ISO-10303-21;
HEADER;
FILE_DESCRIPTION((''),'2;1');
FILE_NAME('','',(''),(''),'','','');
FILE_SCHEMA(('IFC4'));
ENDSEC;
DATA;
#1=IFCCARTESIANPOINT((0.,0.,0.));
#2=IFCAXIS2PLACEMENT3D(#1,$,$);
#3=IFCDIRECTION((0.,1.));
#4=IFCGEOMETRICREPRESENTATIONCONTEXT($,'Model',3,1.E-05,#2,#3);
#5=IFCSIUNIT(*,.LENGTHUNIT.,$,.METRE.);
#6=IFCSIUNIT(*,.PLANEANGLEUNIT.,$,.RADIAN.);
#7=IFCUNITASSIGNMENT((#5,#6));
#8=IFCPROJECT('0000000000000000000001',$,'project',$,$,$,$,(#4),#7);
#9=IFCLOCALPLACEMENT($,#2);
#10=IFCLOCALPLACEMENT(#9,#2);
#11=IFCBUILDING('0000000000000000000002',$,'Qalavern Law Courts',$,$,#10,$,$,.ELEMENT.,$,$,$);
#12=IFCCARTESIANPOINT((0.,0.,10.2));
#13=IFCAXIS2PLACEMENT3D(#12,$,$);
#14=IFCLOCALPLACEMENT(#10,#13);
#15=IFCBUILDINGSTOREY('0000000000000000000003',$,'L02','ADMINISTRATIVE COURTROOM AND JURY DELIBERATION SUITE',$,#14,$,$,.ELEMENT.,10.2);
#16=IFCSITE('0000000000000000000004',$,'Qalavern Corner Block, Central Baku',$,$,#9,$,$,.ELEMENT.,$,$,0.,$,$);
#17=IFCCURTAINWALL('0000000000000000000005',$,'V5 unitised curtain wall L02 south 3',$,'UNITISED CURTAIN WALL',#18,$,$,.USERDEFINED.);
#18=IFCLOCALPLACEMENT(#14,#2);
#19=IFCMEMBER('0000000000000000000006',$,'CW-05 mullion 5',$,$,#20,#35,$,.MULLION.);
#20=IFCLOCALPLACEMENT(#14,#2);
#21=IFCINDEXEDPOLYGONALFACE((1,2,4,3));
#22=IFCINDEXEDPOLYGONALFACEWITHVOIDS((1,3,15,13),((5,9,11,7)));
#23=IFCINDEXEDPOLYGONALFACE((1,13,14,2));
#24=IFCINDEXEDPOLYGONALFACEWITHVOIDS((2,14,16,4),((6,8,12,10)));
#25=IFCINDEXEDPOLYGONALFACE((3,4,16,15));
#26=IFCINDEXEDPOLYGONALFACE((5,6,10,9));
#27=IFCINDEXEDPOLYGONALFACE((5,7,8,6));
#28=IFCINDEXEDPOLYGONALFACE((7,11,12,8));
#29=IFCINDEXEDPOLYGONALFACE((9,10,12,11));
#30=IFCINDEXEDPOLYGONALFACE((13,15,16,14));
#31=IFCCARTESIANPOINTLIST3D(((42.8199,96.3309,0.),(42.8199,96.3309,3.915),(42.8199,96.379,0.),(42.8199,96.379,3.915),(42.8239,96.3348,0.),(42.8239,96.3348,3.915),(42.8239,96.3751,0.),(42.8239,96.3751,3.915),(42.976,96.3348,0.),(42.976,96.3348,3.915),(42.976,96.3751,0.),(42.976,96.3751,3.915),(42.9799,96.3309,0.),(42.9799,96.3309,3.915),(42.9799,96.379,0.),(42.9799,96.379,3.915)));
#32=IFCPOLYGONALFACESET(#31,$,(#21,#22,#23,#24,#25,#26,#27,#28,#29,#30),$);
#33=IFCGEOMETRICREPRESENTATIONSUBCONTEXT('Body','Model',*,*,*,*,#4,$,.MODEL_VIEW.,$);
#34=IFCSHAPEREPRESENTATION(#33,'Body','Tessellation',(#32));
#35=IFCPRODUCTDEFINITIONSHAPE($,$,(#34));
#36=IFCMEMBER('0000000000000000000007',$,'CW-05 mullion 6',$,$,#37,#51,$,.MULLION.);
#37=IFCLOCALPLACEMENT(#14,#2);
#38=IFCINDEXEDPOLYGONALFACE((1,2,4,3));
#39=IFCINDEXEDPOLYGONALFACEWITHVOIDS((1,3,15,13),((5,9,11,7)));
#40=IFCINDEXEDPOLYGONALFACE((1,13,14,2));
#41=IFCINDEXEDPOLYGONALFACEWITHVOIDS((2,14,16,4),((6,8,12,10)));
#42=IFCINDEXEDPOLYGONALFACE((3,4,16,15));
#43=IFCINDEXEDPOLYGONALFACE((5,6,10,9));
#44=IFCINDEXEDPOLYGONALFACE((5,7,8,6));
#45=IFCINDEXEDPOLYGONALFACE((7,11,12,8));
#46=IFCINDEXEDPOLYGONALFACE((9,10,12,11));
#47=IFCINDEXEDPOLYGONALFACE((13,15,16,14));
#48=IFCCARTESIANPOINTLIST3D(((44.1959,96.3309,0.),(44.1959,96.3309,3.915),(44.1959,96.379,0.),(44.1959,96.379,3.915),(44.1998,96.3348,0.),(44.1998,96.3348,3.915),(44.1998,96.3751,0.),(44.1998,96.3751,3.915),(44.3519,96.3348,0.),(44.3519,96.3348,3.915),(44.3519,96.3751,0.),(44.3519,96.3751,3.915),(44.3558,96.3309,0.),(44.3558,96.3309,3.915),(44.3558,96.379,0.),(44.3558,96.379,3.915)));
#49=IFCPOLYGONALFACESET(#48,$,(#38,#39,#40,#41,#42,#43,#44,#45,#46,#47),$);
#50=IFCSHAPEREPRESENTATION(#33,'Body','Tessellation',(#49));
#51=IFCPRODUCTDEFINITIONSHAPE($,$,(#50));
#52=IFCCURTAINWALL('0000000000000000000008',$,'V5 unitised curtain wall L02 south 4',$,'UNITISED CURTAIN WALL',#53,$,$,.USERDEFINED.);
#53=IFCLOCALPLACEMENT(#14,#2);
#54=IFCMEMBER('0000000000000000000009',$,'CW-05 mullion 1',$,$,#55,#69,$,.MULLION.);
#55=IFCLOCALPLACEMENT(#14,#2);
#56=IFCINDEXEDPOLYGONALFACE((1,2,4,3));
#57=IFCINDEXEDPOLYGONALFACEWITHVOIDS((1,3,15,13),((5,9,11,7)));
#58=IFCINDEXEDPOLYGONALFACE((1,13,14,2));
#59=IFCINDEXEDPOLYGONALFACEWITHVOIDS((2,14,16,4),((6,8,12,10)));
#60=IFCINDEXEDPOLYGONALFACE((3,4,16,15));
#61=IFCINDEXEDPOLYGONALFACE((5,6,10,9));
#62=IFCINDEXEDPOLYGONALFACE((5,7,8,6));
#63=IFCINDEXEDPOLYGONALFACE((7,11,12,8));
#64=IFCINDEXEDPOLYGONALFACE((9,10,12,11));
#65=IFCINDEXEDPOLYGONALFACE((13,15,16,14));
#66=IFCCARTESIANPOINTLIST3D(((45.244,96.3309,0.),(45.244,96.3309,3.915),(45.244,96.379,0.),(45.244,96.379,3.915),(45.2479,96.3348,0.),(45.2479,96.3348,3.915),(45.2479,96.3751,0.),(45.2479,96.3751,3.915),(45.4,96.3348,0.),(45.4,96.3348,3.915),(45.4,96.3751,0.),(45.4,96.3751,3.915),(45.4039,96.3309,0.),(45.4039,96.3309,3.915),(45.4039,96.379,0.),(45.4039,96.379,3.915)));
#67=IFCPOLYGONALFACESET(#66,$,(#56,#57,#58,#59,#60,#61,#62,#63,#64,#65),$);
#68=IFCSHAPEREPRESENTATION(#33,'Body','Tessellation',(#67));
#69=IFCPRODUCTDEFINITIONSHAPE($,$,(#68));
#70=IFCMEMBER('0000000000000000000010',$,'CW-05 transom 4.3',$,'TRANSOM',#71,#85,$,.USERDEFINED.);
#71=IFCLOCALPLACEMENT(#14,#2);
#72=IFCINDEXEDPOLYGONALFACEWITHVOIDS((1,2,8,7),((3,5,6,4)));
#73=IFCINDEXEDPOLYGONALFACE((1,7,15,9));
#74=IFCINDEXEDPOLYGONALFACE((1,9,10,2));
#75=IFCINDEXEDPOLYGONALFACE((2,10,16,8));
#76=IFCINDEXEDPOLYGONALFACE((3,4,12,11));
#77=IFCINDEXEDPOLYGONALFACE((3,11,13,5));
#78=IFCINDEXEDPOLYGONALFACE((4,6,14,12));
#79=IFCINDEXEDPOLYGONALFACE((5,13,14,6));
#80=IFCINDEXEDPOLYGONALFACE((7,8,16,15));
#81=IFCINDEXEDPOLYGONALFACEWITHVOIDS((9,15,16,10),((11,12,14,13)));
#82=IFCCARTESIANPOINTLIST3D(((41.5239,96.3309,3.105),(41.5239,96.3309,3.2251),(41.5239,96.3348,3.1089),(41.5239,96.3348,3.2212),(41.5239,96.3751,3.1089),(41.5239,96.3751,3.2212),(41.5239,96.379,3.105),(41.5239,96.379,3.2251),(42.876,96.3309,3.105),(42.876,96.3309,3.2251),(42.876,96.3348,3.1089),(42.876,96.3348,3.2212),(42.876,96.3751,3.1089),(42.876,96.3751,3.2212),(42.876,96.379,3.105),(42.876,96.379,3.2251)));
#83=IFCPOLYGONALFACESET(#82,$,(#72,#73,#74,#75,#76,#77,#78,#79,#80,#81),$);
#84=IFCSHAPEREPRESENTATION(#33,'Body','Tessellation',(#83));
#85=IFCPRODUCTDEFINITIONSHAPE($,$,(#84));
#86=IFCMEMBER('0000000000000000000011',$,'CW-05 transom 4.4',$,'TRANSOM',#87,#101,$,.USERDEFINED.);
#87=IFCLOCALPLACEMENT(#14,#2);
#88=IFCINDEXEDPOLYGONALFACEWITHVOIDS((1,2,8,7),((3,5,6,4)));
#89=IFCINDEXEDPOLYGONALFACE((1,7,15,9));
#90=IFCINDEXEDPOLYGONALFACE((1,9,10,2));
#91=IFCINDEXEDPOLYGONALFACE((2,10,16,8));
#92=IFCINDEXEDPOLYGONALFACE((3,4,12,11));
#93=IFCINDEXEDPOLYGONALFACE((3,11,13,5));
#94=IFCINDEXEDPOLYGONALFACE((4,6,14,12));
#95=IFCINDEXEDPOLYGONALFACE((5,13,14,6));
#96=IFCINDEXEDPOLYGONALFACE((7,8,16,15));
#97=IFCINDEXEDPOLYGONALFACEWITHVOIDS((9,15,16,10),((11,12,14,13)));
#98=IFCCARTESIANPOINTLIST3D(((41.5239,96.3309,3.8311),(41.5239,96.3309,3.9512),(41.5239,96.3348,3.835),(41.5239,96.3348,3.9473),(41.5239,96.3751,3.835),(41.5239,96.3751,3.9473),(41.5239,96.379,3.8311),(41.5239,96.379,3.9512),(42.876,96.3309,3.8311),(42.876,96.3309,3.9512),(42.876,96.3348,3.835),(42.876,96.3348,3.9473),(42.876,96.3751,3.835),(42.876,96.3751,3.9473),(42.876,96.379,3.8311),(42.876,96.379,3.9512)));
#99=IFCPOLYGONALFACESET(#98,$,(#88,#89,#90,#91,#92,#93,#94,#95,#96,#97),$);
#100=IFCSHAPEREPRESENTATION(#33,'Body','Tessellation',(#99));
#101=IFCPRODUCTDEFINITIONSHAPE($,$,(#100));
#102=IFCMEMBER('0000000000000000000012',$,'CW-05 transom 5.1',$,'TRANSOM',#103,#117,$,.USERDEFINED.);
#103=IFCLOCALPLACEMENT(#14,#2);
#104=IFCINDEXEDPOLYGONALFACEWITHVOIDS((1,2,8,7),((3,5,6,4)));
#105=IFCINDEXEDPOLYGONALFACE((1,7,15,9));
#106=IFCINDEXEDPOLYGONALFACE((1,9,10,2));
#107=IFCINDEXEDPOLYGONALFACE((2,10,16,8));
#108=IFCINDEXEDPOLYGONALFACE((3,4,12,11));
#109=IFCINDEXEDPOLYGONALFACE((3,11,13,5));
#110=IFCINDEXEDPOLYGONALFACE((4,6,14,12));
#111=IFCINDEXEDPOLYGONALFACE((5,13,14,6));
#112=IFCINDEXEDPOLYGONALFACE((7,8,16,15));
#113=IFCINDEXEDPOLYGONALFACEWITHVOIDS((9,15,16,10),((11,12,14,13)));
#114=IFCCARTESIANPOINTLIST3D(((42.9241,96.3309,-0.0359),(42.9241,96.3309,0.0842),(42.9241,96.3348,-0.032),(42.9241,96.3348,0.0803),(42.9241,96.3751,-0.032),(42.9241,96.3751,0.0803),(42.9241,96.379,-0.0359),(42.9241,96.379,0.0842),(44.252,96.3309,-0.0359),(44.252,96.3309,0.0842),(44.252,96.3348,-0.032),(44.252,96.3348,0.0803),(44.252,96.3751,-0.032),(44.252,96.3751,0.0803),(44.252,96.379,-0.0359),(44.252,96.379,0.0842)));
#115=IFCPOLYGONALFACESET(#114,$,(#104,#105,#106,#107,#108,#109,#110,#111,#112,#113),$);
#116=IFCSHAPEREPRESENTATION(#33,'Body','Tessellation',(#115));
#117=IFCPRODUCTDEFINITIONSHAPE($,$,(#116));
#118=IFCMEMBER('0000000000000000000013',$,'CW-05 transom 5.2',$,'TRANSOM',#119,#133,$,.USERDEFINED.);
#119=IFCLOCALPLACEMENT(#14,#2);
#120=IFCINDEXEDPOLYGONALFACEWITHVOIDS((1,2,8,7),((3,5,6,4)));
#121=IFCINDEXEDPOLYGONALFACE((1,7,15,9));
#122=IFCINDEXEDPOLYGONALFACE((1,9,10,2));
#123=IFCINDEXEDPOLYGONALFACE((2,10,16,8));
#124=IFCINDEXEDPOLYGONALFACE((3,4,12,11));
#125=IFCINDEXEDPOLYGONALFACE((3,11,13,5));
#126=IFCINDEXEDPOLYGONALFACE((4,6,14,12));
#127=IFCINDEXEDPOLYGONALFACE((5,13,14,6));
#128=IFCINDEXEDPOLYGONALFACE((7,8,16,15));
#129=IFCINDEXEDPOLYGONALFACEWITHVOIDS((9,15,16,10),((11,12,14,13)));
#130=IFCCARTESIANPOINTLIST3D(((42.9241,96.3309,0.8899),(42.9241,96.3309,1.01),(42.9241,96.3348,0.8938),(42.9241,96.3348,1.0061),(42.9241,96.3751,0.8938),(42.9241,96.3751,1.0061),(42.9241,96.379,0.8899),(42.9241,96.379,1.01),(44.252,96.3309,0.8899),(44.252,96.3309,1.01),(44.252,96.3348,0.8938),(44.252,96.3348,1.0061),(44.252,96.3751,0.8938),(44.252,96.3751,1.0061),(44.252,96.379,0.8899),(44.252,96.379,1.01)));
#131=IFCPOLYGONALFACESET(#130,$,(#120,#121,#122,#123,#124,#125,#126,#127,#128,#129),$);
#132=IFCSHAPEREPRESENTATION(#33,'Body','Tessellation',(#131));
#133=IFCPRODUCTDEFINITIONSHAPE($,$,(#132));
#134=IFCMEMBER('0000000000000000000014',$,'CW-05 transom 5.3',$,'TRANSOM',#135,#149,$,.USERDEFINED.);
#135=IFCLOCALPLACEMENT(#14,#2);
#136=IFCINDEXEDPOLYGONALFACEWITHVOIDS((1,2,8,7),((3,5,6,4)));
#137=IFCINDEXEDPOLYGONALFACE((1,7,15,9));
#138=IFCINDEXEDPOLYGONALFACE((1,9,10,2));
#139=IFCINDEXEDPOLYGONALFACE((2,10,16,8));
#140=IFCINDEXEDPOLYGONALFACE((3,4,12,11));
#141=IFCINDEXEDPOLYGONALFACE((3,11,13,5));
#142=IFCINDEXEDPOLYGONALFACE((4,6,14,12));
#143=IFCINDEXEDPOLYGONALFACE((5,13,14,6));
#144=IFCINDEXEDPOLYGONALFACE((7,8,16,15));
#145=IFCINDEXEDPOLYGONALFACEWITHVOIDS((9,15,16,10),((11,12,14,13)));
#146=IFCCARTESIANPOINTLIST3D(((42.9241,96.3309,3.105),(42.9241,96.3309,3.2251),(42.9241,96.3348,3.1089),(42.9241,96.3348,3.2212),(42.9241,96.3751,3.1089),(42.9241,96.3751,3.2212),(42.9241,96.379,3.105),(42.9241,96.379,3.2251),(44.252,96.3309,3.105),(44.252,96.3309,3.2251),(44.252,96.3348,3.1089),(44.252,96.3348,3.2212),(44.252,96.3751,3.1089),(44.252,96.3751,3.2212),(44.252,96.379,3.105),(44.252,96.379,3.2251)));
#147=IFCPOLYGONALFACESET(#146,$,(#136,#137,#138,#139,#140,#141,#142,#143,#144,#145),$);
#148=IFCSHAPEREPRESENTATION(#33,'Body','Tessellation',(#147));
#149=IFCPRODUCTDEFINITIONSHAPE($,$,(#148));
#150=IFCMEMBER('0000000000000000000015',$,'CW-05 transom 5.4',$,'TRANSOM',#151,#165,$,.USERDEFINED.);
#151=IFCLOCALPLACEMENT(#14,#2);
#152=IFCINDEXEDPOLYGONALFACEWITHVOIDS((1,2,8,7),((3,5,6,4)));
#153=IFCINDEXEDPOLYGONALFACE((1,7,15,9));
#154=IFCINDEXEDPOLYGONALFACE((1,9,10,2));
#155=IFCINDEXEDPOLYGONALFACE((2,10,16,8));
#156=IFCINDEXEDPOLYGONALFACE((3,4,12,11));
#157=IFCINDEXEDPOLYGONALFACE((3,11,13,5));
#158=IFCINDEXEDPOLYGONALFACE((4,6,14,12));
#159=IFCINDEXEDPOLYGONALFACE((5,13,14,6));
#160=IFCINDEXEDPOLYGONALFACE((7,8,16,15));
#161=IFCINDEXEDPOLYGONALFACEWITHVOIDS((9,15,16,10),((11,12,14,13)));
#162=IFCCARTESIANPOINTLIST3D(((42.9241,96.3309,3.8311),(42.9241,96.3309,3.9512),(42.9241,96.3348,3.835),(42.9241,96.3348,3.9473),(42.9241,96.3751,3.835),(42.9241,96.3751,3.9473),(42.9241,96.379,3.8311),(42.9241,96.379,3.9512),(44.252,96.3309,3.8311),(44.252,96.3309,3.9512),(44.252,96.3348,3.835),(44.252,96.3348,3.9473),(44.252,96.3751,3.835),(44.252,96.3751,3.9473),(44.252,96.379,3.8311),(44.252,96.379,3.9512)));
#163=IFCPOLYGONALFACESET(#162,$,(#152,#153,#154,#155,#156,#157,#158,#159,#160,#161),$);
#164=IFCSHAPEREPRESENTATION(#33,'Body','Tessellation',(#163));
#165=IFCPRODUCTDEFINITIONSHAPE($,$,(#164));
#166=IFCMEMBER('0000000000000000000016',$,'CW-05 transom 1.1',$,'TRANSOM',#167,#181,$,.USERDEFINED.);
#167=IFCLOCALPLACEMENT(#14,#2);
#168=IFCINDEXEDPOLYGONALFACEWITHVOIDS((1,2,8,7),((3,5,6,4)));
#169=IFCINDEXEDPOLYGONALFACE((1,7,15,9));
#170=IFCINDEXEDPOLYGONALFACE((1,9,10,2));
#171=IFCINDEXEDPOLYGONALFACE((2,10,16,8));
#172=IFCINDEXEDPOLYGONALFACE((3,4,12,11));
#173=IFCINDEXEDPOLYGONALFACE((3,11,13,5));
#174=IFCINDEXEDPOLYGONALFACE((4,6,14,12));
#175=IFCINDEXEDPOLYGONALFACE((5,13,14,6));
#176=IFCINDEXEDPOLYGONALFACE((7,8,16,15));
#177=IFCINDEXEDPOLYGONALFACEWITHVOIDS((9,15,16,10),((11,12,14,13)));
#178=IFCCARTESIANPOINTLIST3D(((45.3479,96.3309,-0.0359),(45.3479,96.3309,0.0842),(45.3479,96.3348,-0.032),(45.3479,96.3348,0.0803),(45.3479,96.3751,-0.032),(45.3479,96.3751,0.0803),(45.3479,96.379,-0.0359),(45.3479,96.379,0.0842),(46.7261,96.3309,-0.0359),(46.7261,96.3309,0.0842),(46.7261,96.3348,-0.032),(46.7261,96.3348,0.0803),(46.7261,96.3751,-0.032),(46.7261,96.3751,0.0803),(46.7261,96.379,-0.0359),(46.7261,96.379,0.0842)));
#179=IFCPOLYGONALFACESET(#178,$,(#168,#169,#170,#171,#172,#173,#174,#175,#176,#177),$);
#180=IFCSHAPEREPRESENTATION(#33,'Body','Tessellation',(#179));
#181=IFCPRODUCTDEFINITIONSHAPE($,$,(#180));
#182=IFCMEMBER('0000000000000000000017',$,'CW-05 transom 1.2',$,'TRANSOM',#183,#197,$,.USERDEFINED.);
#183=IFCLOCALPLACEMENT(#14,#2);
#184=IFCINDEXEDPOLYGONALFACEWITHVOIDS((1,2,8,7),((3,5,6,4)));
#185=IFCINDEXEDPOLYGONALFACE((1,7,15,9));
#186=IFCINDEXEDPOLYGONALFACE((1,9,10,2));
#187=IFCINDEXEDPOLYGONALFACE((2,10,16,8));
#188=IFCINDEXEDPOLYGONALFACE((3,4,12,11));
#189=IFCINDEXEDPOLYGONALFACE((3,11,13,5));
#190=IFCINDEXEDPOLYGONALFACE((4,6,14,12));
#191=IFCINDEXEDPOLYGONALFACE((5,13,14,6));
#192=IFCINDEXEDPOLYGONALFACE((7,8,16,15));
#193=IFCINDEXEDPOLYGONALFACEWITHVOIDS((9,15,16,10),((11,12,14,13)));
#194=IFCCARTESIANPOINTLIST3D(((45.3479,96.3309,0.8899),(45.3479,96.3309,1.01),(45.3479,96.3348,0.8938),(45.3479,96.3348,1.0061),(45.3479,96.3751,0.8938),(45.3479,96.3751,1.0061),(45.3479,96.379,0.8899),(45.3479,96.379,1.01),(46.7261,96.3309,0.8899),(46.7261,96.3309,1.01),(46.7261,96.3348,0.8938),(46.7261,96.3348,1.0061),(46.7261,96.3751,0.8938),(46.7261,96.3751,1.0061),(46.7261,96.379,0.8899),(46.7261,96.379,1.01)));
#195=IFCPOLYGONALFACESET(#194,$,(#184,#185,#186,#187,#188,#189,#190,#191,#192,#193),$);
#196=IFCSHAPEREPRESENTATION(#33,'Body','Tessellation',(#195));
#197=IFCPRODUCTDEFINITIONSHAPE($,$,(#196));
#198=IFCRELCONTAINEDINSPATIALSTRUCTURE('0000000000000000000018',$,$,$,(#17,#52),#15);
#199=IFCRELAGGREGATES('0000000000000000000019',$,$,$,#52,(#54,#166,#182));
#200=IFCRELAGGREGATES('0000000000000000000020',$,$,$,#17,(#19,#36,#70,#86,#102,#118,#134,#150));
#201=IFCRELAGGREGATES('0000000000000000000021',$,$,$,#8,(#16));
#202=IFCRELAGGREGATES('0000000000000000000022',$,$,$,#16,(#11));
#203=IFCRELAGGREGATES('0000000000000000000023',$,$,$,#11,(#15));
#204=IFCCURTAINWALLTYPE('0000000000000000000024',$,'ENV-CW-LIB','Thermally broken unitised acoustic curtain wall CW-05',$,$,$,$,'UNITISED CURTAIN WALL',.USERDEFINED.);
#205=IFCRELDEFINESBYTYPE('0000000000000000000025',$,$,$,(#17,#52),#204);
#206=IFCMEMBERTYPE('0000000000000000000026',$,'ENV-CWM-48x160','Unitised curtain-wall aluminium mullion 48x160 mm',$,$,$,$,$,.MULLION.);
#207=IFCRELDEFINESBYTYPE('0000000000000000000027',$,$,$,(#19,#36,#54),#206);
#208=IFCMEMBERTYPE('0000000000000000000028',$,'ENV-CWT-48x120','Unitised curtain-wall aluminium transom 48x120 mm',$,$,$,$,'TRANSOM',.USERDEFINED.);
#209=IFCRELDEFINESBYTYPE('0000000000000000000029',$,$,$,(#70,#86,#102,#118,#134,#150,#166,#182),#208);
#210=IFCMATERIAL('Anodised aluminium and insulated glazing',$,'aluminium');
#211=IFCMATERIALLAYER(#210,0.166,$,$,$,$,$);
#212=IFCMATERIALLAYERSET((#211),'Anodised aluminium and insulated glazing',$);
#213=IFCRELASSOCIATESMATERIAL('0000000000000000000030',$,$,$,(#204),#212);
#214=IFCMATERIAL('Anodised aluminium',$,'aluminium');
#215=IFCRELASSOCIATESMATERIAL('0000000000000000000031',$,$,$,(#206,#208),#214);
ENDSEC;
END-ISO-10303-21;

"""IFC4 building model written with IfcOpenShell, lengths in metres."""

from ifc_helpers import new_model, si_unit, direction, frame, origin, origin_2d, place, context, subcontext, project, spatial, hollow_rectangle, extrude, material, layer, layer_set, material_profile, profile_set, type_object, element, aggregate, save


model = new_model("IFC4")

# Units and contexts
model_context = context("Model", 3, precision=1e-05, world=origin(), true_north=direction((0.0, 1.0)))
body_context = subcontext(model_context, "Body", "Model", "MODEL_VIEW")
ifc_project = project(units=[si_unit("LENGTHUNIT", "METRE"), si_unit("PLANEANGLEUNIT", "RADIAN")], contexts=[model_context])

# Site, building, storey
site_placement = place(None, origin())
site = spatial("IfcSite", under=ifc_project, at=site_placement, Name="Qalavern Corner Block, Central Baku", CompositionType="ELEMENT", RefElevation=0.0)
building_placement = place(site_placement, origin())
building = spatial("IfcBuilding", under=site, at=building_placement, Name="Qalavern Law Courts", CompositionType="ELEMENT")
storey_placement = place(building_placement, frame((0.0, 0.0, 10.2)))
storey = spatial("IfcBuildingStorey", under=building, at=storey_placement, Name="L02", Description="ADMINISTRATIVE COURTROOM AND JURY DELIBERATION SUITE", CompositionType="ELEMENT", Elevation=10.2)

# Curtain wall, members
ifc_material_1 = material(Name="Anodised aluminium and insulated glazing", Category="aluminium")
ifc_layer_1 = layer(ifc_material_1, 0.166)
ifc_layer_set_1 = layer_set([ifc_layer_1], Name="Anodised aluminium and insulated glazing")
curtain_wall_type = type_object("IfcCurtainWallType", Name="ENV-CW-LIB", Description="Thermally broken unitised acoustic curtain wall CW-05", ElementType="UNITISED CURTAIN WALL", PredefinedType="USERDEFINED", material=ifc_layer_set_1)
curtain_wall_1_placement = place(storey_placement, origin())
curtain_wall_1 = element("IfcCurtainWall", 1, at=curtain_wall_1_placement, inside=storey, type_object=curtain_wall_type, Name="V5 unitised curtain wall L02 south 3", ObjectType="UNITISED CURTAIN WALL", PredefinedType="USERDEFINED")
ifc_material_2 = material(Name="Anodised aluminium", Category="aluminium")
ifc_material_profile_1 = material_profile(ifc_material_2, hollow_rectangle(XDim=0.0481, YDim=0.1599, WallThickness=0.0039, at=origin_2d()), Name="ALU MULLION 48x160")
ifc_profile_set_1 = profile_set([ifc_material_profile_1], Name="Anodised aluminium")
member_type_1 = type_object("IfcMemberType", Name="ENV-CWM-48x160", Description="Unitised curtain-wall aluminium mullion 48x160 mm", PredefinedType="MULLION", material=ifc_profile_set_1)
member_1_placement = place(storey_placement, frame((42.8999, 96.355, 0.0), z_axis=(0.0, 0.0, 1.0), x_axis=(0.0, 1.0, 0.0)))
member_1 = element("IfcMember", 2, at=member_1_placement, type_object=member_type_1, Name="CW-05 mullion 5", PredefinedType="MULLION", context=body_context, shape_type="SweptSolid", body=[
    extrude(hollow_rectangle(XDim=0.0481, YDim=0.1599, WallThickness=0.0039, at=origin_2d()), origin(), (0.0, 0.0, 1.0), 3.915),
])
member_2_placement = place(storey_placement, frame((44.2759, 96.355, 0.0), z_axis=(0.0, 0.0, 1.0), x_axis=(0.0, 1.0, 0.0)))
member_2 = element("IfcMember", 3, at=member_2_placement, type_object=member_type_1, Name="CW-05 mullion 6", PredefinedType="MULLION", context=body_context, shape_type="SweptSolid", body=[
    extrude(hollow_rectangle(XDim=0.0481, YDim=0.1599, WallThickness=0.0039, at=origin_2d()), origin(), (0.0, 0.0, 1.0), 3.915),
])

# Curtain wall, member
curtain_wall_2_placement = place(storey_placement, origin())
curtain_wall_2 = element("IfcCurtainWall", 4, at=curtain_wall_2_placement, inside=storey, type_object=curtain_wall_type, Name="V5 unitised curtain wall L02 south 4", ObjectType="UNITISED CURTAIN WALL", PredefinedType="USERDEFINED")
member_3_placement = place(storey_placement, frame((45.324, 96.355, 0.0), z_axis=(0.0, 0.0, 1.0), x_axis=(0.0, 1.0, 0.0)))
member_3 = element("IfcMember", 5, at=member_3_placement, type_object=member_type_1, Name="CW-05 mullion 1", PredefinedType="MULLION", context=body_context, shape_type="SweptSolid", body=[
    extrude(hollow_rectangle(XDim=0.0481, YDim=0.1599, WallThickness=0.0039, at=origin_2d()), origin(), (0.0, 0.0, 1.0), 3.915),
])

# Members
ifc_material_profile_2 = material_profile(ifc_material_2, hollow_rectangle(XDim=0.0481, YDim=0.1201, WallThickness=0.0039, at=origin_2d()), Name="ALU TRANSOM 48x120")
ifc_profile_set_2 = profile_set([ifc_material_profile_2], Name="Anodised aluminium")
member_type_2 = type_object("IfcMemberType", Name="ENV-CWT-48x120", Description="Unitised curtain-wall aluminium transom 48x120 mm", ElementType="TRANSOM", PredefinedType="USERDEFINED", material=ifc_profile_set_2)
member_4_placement = place(storey_placement, frame((41.5239, 96.355, 3.165), z_axis=(1.0, 0.0, 0.0), x_axis=(0.0, 1.0, 0.0)))
member_4 = element("IfcMember", 6, at=member_4_placement, type_object=member_type_2, Name="CW-05 transom 4.3", ObjectType="TRANSOM", PredefinedType="USERDEFINED", context=body_context, shape_type="SweptSolid", body=[
    extrude(hollow_rectangle(XDim=0.0481, YDim=0.1201, WallThickness=0.0039, at=origin_2d()), origin(), (0.0, 0.0, 1.0), 1.3521),
])
member_5_placement = place(storey_placement, frame((41.5239, 96.355, 3.8911), z_axis=(1.0, 0.0, 0.0), x_axis=(0.0, 1.0, 0.0)))
member_5 = element("IfcMember", 7, at=member_5_placement, type_object=member_type_2, Name="CW-05 transom 4.4", ObjectType="TRANSOM", PredefinedType="USERDEFINED", context=body_context, shape_type="SweptSolid", body=[
    extrude(hollow_rectangle(XDim=0.0481, YDim=0.1201, WallThickness=0.0039, at=origin_2d()), origin(), (0.0, 0.0, 1.0), 1.3521),
])
member_6_placement = place(storey_placement, frame((42.9241, 96.355, 0.0242), z_axis=(1.0, 0.0, 0.0), x_axis=(0.0, 1.0, 0.0)))
member_6 = element("IfcMember", 8, at=member_6_placement, type_object=member_type_2, Name="CW-05 transom 5.1", ObjectType="TRANSOM", PredefinedType="USERDEFINED", context=body_context, shape_type="SweptSolid", body=[
    extrude(hollow_rectangle(XDim=0.0481, YDim=0.1201, WallThickness=0.0039, at=origin_2d()), origin(), (0.0, 0.0, 1.0), 1.3279),
])
member_7_placement = place(storey_placement, frame((42.9241, 96.355, 0.95), z_axis=(1.0, 0.0, 0.0), x_axis=(0.0, 1.0, 0.0)))
member_7 = element("IfcMember", 9, at=member_7_placement, type_object=member_type_2, Name="CW-05 transom 5.2", ObjectType="TRANSOM", PredefinedType="USERDEFINED", context=body_context, shape_type="SweptSolid", body=[
    extrude(hollow_rectangle(XDim=0.0481, YDim=0.1201, WallThickness=0.0039, at=origin_2d()), origin(), (0.0, 0.0, 1.0), 1.3279),
])
member_8_placement = place(storey_placement, frame((42.9241, 96.355, 3.165), z_axis=(1.0, 0.0, 0.0), x_axis=(0.0, 1.0, 0.0)))
member_8 = element("IfcMember", 10, at=member_8_placement, type_object=member_type_2, Name="CW-05 transom 5.3", ObjectType="TRANSOM", PredefinedType="USERDEFINED", context=body_context, shape_type="SweptSolid", body=[
    extrude(hollow_rectangle(XDim=0.0481, YDim=0.1201, WallThickness=0.0039, at=origin_2d()), origin(), (0.0, 0.0, 1.0), 1.3279),
])
member_9_placement = place(storey_placement, frame((42.9241, 96.355, 3.8911), z_axis=(1.0, 0.0, 0.0), x_axis=(0.0, 1.0, 0.0)))
member_9 = element("IfcMember", 11, at=member_9_placement, type_object=member_type_2, Name="CW-05 transom 5.4", ObjectType="TRANSOM", PredefinedType="USERDEFINED", context=body_context, shape_type="SweptSolid", body=[
    extrude(hollow_rectangle(XDim=0.0481, YDim=0.1201, WallThickness=0.0039, at=origin_2d()), origin(), (0.0, 0.0, 1.0), 1.3279),
])
member_10_placement = place(storey_placement, frame((45.3479, 96.355, 0.0242), z_axis=(1.0, 0.0, 0.0), x_axis=(0.0, 1.0, 0.0)))
member_10 = element("IfcMember", 12, at=member_10_placement, type_object=member_type_2, Name="CW-05 transom 1.1", ObjectType="TRANSOM", PredefinedType="USERDEFINED", context=body_context, shape_type="SweptSolid", body=[
    extrude(hollow_rectangle(XDim=0.0481, YDim=0.1201, WallThickness=0.0039, at=origin_2d()), origin(), (0.0, 0.0, 1.0), 1.3782),
])
member_11_placement = place(storey_placement, frame((45.3479, 96.355, 0.95), z_axis=(1.0, 0.0, 0.0), x_axis=(0.0, 1.0, 0.0)))
member_11 = element("IfcMember", 13, at=member_11_placement, type_object=member_type_2, Name="CW-05 transom 1.2", ObjectType="TRANSOM", PredefinedType="USERDEFINED", context=body_context, shape_type="SweptSolid", body=[
    extrude(hollow_rectangle(XDim=0.0481, YDim=0.1201, WallThickness=0.0039, at=origin_2d()), origin(), (0.0, 0.0, 1.0), 1.3782),
])
aggregate(curtain_wall_2, [member_3, member_10, member_11])

aggregate(curtain_wall_1, [member_1, member_2, member_4, member_5, member_6, member_7, member_8, member_9])

save(model, "model.ifc")
